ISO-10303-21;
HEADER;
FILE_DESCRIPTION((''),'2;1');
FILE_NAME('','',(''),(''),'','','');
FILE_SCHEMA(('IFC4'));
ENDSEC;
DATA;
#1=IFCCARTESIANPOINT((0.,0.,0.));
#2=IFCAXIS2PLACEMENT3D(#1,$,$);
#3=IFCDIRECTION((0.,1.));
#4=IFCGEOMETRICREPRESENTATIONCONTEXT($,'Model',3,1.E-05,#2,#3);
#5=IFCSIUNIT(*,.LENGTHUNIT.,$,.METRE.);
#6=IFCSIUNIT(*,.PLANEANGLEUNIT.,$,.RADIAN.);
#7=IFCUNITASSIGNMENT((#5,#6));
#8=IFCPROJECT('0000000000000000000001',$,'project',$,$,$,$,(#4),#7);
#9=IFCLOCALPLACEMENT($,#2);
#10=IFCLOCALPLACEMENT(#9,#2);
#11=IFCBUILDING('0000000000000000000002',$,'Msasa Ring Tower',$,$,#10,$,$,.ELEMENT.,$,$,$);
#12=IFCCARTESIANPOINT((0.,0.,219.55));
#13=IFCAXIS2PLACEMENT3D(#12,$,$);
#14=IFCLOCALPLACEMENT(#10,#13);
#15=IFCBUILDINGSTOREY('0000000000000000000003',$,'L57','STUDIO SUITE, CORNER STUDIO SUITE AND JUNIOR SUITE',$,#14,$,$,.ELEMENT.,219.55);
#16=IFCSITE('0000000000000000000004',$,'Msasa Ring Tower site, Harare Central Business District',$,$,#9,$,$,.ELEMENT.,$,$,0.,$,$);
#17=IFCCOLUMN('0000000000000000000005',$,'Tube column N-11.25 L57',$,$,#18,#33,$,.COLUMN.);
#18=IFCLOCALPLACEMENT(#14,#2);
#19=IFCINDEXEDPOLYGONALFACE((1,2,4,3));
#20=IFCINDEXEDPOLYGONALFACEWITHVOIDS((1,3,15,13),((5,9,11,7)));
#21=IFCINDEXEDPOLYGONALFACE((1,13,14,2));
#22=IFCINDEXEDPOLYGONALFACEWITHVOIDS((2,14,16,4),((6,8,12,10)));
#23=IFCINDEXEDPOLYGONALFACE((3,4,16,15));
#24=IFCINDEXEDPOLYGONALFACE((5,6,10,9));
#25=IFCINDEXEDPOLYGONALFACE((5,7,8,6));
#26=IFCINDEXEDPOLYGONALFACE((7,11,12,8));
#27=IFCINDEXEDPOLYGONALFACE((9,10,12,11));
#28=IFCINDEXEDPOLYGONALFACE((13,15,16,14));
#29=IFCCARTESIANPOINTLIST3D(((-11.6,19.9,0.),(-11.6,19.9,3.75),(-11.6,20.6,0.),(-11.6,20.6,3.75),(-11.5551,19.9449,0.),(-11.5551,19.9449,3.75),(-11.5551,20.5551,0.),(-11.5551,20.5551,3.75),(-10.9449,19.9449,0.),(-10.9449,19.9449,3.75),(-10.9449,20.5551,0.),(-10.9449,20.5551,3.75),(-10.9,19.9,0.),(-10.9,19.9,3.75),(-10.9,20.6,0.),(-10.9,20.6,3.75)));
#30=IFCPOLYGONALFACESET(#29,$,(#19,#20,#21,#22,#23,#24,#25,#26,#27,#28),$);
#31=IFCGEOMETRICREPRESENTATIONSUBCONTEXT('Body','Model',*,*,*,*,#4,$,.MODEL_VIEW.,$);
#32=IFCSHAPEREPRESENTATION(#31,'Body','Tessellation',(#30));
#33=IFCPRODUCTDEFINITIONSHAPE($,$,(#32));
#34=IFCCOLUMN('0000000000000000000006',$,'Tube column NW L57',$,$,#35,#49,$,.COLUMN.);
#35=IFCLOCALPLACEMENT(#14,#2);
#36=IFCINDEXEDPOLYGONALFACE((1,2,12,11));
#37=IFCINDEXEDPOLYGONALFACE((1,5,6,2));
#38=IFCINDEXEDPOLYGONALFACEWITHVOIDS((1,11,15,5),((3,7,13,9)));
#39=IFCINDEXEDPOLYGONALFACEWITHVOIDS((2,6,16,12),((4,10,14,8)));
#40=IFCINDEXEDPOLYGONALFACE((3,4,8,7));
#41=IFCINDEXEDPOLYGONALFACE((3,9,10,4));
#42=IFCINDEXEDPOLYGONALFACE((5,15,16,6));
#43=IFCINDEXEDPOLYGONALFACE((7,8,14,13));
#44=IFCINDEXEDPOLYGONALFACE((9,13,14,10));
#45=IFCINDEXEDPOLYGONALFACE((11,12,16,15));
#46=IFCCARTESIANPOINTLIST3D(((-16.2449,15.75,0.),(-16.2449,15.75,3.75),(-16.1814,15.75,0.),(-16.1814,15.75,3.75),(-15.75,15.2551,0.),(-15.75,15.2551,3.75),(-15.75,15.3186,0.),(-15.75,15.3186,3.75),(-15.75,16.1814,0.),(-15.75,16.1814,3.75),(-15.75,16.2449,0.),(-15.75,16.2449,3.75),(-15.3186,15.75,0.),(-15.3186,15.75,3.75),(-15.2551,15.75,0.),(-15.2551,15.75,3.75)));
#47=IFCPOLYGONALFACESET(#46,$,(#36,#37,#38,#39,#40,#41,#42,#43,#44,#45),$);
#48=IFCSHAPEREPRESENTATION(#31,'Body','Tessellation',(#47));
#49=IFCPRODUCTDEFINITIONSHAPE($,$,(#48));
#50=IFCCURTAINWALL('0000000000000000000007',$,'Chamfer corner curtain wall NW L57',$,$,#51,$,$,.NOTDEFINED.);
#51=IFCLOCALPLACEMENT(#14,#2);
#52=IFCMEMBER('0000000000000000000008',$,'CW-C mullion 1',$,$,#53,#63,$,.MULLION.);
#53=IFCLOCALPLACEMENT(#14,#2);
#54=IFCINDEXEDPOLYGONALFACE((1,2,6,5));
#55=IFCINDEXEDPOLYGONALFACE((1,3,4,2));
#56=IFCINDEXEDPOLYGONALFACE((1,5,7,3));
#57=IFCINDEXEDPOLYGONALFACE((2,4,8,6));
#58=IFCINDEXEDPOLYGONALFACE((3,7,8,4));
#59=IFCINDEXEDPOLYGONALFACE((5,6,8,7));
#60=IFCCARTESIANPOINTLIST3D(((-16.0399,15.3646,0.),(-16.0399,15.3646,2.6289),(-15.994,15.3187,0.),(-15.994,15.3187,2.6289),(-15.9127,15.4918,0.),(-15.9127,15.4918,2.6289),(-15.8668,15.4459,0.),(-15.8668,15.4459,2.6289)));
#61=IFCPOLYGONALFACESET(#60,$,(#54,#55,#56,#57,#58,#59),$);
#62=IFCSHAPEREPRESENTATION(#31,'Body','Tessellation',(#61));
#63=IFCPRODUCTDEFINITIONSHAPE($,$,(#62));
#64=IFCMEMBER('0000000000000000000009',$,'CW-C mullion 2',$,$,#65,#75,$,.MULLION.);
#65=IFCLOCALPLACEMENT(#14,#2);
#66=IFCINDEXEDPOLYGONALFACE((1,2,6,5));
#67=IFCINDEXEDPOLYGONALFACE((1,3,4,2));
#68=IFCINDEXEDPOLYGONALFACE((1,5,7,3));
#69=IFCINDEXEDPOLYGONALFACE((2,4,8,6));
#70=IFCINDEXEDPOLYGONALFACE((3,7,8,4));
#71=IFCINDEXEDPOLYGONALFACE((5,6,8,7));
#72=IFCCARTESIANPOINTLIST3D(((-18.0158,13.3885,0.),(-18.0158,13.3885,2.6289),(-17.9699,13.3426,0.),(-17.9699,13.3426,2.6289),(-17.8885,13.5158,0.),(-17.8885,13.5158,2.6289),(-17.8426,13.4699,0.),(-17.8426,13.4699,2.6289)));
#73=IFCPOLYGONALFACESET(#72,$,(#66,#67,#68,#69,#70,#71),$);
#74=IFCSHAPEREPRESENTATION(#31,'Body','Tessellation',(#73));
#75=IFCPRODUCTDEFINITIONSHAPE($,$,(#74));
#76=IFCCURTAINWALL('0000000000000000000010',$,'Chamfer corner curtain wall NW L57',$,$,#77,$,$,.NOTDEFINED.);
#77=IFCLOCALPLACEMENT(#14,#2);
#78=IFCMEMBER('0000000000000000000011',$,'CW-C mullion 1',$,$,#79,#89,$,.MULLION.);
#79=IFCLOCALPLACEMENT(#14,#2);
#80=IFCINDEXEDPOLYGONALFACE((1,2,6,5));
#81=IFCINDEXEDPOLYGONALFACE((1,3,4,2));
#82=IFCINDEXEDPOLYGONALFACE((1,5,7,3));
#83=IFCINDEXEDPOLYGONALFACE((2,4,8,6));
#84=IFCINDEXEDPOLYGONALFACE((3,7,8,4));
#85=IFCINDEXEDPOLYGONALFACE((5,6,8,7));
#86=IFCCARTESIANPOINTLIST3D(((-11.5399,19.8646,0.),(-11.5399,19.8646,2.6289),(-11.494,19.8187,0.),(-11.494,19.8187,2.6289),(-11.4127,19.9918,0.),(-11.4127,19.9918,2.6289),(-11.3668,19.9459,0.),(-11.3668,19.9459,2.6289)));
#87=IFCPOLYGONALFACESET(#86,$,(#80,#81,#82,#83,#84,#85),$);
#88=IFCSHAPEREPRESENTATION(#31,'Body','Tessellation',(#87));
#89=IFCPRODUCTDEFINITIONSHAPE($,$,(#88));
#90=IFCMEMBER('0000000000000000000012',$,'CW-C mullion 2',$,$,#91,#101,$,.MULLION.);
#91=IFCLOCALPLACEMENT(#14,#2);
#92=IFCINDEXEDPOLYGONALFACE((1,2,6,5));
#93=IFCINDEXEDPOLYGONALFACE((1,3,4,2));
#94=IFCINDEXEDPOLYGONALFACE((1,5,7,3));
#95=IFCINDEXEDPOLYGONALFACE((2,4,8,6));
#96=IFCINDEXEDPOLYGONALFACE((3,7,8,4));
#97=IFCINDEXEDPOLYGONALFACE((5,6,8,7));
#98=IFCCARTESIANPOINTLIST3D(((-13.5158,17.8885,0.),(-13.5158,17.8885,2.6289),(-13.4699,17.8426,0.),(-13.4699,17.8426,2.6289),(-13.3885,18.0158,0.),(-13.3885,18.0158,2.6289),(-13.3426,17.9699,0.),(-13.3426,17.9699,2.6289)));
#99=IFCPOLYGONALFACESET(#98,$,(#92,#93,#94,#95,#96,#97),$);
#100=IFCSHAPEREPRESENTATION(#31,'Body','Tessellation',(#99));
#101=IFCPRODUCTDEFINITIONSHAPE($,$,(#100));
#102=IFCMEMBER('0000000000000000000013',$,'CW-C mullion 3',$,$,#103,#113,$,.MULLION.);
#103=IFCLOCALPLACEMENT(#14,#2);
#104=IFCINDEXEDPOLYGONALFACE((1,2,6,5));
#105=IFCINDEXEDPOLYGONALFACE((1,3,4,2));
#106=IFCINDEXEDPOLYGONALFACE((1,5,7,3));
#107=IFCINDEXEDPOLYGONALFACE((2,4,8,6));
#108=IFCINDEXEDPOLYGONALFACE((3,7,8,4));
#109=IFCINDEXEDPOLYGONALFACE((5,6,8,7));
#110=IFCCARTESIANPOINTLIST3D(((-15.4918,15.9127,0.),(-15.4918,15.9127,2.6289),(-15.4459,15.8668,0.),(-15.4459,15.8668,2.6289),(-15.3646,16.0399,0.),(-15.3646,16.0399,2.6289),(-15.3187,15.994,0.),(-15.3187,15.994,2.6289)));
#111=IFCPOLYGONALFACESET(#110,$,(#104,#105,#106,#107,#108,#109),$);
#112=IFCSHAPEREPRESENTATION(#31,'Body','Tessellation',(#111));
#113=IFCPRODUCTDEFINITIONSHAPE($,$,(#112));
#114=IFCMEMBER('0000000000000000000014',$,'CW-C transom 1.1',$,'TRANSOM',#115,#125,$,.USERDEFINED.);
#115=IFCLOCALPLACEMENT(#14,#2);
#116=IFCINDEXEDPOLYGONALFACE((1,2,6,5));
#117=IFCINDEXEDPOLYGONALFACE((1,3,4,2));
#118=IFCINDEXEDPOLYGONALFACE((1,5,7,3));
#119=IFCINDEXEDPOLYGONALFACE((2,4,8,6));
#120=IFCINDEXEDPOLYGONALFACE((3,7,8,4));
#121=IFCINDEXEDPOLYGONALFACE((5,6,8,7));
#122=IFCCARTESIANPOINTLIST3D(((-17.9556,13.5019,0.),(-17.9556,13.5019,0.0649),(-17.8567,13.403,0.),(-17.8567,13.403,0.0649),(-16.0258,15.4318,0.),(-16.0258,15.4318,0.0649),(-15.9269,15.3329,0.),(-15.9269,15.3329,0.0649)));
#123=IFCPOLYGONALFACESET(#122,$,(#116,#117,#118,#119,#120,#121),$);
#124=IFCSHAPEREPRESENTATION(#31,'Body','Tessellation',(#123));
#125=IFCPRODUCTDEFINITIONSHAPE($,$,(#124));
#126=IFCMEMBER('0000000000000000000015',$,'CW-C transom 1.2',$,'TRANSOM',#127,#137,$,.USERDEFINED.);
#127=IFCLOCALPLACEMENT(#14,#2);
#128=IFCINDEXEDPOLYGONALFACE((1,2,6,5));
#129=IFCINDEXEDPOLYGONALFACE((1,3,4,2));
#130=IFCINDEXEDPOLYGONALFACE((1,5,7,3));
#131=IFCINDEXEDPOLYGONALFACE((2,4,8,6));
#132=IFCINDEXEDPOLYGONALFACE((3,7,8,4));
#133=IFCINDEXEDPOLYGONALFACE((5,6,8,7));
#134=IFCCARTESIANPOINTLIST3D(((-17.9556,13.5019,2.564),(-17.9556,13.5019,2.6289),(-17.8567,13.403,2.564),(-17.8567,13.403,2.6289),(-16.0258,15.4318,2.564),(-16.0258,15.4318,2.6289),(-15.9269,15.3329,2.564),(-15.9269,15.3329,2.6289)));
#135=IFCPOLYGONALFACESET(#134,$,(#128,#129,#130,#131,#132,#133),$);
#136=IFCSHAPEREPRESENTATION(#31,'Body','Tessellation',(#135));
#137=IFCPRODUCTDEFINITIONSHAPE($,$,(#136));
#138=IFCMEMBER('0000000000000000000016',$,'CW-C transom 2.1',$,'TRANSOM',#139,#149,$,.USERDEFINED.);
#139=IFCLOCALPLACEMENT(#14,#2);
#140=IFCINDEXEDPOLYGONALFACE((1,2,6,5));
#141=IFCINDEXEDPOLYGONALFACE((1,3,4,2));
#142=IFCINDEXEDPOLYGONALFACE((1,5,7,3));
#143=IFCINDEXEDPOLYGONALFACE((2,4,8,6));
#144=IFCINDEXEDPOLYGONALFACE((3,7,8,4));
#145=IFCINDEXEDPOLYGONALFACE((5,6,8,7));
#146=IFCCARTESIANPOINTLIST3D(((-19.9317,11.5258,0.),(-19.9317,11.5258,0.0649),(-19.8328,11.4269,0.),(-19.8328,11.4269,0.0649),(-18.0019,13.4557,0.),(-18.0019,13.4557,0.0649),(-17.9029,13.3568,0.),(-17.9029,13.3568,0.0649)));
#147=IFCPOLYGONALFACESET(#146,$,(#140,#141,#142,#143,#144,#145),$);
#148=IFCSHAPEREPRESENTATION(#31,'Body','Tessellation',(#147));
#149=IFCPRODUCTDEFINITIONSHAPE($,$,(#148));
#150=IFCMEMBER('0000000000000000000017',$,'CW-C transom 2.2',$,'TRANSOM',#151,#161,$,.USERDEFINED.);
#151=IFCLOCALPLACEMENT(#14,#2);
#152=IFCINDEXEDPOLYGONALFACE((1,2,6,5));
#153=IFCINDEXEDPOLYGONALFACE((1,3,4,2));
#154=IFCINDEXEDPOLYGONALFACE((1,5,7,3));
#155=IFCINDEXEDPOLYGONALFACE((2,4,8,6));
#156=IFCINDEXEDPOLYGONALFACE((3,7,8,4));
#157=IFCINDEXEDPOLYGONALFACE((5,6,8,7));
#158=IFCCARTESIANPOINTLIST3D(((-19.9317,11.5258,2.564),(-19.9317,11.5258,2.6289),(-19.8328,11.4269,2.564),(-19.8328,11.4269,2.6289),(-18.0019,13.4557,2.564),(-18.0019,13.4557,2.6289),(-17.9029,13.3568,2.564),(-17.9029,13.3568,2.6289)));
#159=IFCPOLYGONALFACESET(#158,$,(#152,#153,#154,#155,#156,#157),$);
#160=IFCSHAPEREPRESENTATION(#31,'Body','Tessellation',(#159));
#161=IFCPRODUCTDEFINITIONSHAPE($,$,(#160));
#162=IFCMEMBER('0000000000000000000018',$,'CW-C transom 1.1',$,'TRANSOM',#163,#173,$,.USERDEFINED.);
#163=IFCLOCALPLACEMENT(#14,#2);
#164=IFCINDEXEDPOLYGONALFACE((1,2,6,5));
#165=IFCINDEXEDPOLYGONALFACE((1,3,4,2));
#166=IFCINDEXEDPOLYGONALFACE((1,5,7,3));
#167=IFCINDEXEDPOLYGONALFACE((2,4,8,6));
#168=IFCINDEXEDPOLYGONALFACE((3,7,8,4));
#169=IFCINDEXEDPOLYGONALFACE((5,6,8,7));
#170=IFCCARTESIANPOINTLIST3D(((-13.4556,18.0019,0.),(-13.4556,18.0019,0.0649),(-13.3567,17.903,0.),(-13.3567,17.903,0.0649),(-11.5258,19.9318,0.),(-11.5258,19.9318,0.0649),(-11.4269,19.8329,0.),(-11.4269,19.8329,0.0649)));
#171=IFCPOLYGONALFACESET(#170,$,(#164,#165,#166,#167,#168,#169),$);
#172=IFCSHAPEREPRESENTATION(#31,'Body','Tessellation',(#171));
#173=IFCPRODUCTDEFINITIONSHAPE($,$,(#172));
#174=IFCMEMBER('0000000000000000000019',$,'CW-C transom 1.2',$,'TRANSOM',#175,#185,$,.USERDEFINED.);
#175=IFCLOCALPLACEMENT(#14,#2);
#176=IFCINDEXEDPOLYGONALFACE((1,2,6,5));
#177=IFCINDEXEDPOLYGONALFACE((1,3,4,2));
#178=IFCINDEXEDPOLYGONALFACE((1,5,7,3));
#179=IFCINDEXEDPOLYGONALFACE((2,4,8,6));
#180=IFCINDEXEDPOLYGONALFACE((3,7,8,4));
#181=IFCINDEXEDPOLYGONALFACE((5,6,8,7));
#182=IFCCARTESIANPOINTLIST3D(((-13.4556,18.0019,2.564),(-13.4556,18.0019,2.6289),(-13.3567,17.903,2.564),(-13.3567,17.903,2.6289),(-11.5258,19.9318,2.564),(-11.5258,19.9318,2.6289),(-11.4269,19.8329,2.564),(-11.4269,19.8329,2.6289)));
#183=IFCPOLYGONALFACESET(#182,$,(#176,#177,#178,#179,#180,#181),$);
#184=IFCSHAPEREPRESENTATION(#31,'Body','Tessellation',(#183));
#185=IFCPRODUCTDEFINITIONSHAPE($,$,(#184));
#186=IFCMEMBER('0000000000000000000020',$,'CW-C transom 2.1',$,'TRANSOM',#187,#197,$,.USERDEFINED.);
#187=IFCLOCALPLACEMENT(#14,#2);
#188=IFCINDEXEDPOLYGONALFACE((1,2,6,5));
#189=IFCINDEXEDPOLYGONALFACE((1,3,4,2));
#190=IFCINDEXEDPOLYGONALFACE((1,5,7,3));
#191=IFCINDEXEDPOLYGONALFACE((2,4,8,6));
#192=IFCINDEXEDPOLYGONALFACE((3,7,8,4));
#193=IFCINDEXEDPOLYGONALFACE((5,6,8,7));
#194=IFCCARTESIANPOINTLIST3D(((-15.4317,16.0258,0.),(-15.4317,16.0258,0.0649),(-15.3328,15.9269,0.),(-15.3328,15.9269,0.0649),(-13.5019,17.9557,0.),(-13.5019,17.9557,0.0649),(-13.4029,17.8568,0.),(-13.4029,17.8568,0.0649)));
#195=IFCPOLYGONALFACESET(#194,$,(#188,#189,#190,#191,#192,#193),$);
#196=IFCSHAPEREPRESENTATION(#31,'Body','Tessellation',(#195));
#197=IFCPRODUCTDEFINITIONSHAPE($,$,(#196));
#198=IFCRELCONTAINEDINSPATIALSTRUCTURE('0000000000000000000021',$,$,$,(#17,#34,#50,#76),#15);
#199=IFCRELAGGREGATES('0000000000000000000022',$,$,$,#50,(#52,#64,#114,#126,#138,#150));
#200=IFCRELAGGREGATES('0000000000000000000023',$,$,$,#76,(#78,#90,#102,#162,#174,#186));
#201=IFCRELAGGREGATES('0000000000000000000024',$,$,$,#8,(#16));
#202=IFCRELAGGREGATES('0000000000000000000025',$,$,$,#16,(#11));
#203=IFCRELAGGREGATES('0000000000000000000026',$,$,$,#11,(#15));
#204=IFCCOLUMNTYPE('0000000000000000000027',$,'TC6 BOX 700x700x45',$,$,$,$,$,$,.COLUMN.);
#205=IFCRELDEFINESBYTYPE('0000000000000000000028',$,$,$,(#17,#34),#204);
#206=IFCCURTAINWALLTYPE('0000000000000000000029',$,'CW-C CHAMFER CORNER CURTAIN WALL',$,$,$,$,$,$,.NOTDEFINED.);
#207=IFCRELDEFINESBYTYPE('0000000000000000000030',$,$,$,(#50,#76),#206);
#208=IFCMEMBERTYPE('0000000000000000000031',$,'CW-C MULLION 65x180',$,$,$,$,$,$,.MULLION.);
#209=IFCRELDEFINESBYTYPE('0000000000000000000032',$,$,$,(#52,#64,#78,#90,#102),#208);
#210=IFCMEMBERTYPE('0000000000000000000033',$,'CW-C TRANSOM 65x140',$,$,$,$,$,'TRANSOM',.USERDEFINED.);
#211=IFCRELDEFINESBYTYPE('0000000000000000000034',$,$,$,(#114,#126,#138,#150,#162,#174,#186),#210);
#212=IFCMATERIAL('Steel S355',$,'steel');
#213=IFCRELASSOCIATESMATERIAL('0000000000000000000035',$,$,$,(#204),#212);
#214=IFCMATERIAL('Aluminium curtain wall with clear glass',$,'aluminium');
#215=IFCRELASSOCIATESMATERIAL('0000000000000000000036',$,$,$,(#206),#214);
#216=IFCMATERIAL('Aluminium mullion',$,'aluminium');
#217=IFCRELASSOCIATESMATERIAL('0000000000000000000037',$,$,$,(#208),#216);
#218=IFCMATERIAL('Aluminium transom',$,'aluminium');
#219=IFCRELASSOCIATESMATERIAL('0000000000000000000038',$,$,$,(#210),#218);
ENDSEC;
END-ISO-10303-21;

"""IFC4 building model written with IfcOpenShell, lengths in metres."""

from ifc_helpers import new_model, si_unit, direction, frame, origin, origin_2d, place, context, subcontext, project, spatial, rectangle, hollow_rectangle, extrude, material, material_profile, profile_set, type_object, element, aggregate, save


model = new_model("IFC4")

# Units and contexts
model_context = context("Model", 3, precision=1e-05, world=origin(), true_north=direction((0.0, 1.0)))
body_context = subcontext(model_context, "Body", "Model", "MODEL_VIEW")
ifc_project = project(units=[si_unit("LENGTHUNIT", "METRE"), si_unit("PLANEANGLEUNIT", "RADIAN")], contexts=[model_context])

# Site, building, storey
site_placement = place(None, origin())
site = spatial("IfcSite", under=ifc_project, at=site_placement, Name="Msasa Ring Tower site, Harare Central Business District", CompositionType="ELEMENT", RefElevation=0.0)
building_placement = place(site_placement, origin())
building = spatial("IfcBuilding", under=site, at=building_placement, Name="Msasa Ring Tower", CompositionType="ELEMENT")
storey_placement = place(building_placement, frame((0.0, 0.0, 219.55)))
storey = spatial("IfcBuildingStorey", under=building, at=storey_placement, Name="L57", Description="STUDIO SUITE, CORNER STUDIO SUITE AND JUNIOR SUITE", CompositionType="ELEMENT", Elevation=219.55)

# Columns
ifc_material_1 = material(Name="Steel S355", Category="steel")
ifc_material_profile_1 = material_profile(ifc_material_1, hollow_rectangle(XDim=0.7, YDim=0.7, WallThickness=0.0449, at=origin_2d()), Name="BOX 700x700x45")
ifc_profile_set_1 = profile_set([ifc_material_profile_1], Name="Steel S355")
column_type = type_object("IfcColumnType", Name="TC6 BOX 700x700x45", PredefinedType="COLUMN", material=ifc_profile_set_1)
for number, where, z_axis, x_axis, name in (
    (1, (-11.25, 20.25, 0.0), (0.0, 0.0, 1.0), (0.0, 1.0, 0.0), "Tube column N-11.25 L57"),
    (2, (-15.75, 15.75, 0.0), (0.0, 0.0, 1.0), (0.707107, -0.707107, 0.0), "Tube column NW L57"),
):
    element("IfcColumn", number, at=place(storey_placement, frame(where, z_axis=z_axis, x_axis=x_axis)), inside=storey, type_object=column_type, Name=name, PredefinedType="COLUMN", context=body_context, shape_type="SweptSolid", body=[
        extrude(hollow_rectangle(XDim=0.7, YDim=0.7, WallThickness=0.0449, at=origin_2d()), origin(), (0.0, 0.0, 1.0), 3.75),
    ])

# Curtain walls, members
ifc_material_2 = material(Name="Aluminium curtain wall with clear glass", Category="aluminium")
curtain_wall_type = type_object("IfcCurtainWallType", Name="CW-C CHAMFER CORNER CURTAIN WALL", PredefinedType="NOTDEFINED", material=ifc_material_2)
curtain_wall_1_placement = place(storey_placement, origin())
curtain_wall_1 = element("IfcCurtainWall", 3, at=curtain_wall_1_placement, inside=storey, type_object=curtain_wall_type, Name="Chamfer corner curtain wall NW L57", PredefinedType="NOTDEFINED")
ifc_material_3 = material(Name="Aluminium mullion", Category="aluminium")
ifc_material_profile_2 = material_profile(ifc_material_3, rectangle(XDim=0.0649, YDim=0.1799, at=origin_2d()), Name="AL 65x180")
ifc_profile_set_2 = profile_set([ifc_material_profile_2], Name="Aluminium mullion")
member_type_1 = type_object("IfcMemberType", Name="CW-C MULLION 65x180", PredefinedType="MULLION", material=ifc_profile_set_2)
member_1_placement = place(storey_placement, frame((-15.9534, 15.4053, 0.0), z_axis=(0.0, 0.0, 1.0), x_axis=(0.707107, -0.707107, 0.0)))
member_1 = element("IfcMember", 4, at=member_1_placement, type_object=member_type_1, Name="CW-C mullion 1", PredefinedType="MULLION", context=body_context, shape_type="SweptSolid", body=[
    extrude(rectangle(XDim=0.0649, YDim=0.1799, at=origin_2d()), origin(), (0.0, 0.0, 1.0), 2.6289),
])
member_2_placement = place(storey_placement, frame((-17.9292, 13.4292, 0.0), z_axis=(0.0, 0.0, 1.0), x_axis=(0.707107, -0.707107, 0.0)))
member_2 = element("IfcMember", 5, at=member_2_placement, type_object=member_type_1, Name="CW-C mullion 2", PredefinedType="MULLION", context=body_context, shape_type="SweptSolid", body=[
    extrude(rectangle(XDim=0.0649, YDim=0.1799, at=origin_2d()), origin(), (0.0, 0.0, 1.0), 2.6289),
])
curtain_wall_2_placement = place(storey_placement, origin())
curtain_wall_2 = element("IfcCurtainWall", 6, at=curtain_wall_2_placement, inside=storey, type_object=curtain_wall_type, Name="Chamfer corner curtain wall NW L57", PredefinedType="NOTDEFINED")
member_3_placement = place(storey_placement, frame((-11.4534, 19.9053, 0.0), z_axis=(0.0, 0.0, 1.0), x_axis=(0.707107, -0.707107, 0.0)))
member_3 = element("IfcMember", 7, at=member_3_placement, type_object=member_type_1, Name="CW-C mullion 1", PredefinedType="MULLION", context=body_context, shape_type="SweptSolid", body=[
    extrude(rectangle(XDim=0.0649, YDim=0.1799, at=origin_2d()), origin(), (0.0, 0.0, 1.0), 2.6289),
])
member_4_placement = place(storey_placement, frame((-13.4292, 17.9292, 0.0), z_axis=(0.0, 0.0, 1.0), x_axis=(0.707107, -0.707107, 0.0)))
member_4 = element("IfcMember", 8, at=member_4_placement, type_object=member_type_1, Name="CW-C mullion 2", PredefinedType="MULLION", context=body_context, shape_type="SweptSolid", body=[
    extrude(rectangle(XDim=0.0649, YDim=0.1799, at=origin_2d()), origin(), (0.0, 0.0, 1.0), 2.6289),
])
member_5_placement = place(storey_placement, frame((-15.4053, 15.9534, 0.0), z_axis=(0.0, 0.0, 1.0), x_axis=(0.707107, -0.707107, 0.0)))
member_5 = element("IfcMember", 9, at=member_5_placement, type_object=member_type_1, Name="CW-C mullion 3", PredefinedType="MULLION", context=body_context, shape_type="SweptSolid", body=[
    extrude(rectangle(XDim=0.0649, YDim=0.1799, at=origin_2d()), origin(), (0.0, 0.0, 1.0), 2.6289),
])

# Members
ifc_material_4 = material(Name="Aluminium transom", Category="aluminium")
ifc_material_profile_3 = material_profile(ifc_material_4, rectangle(XDim=0.1399, YDim=0.0649, at=origin_2d()), Name="AL 65x140")
ifc_profile_set_3 = profile_set([ifc_material_profile_3], Name="Aluminium transom")
member_type_2 = type_object("IfcMemberType", Name="CW-C TRANSOM 65x140", ElementType="TRANSOM", PredefinedType="USERDEFINED", material=ifc_profile_set_3)
member_6_placement = place(storey_placement, frame((-15.9763, 15.3823, 0.0325), z_axis=(-0.707107, -0.707107, 0.0), x_axis=(0.707107, -0.707107, 0.0)))
member_6 = element("IfcMember", 10, at=member_6_placement, type_object=member_type_2, Name="CW-C transom 1.1", ObjectType="TRANSOM", PredefinedType="USERDEFINED", context=body_context, shape_type="SweptSolid", body=[
    extrude(rectangle(XDim=0.1399, YDim=0.0649, at=origin_2d()), origin(), (0.0, 0.0, 1.0), 2.7292),
])
member_7_placement = place(storey_placement, frame((-15.9763, 15.3823, 2.5964), z_axis=(-0.707107, -0.707107, 0.0), x_axis=(0.707107, -0.707107, 0.0)))
member_7 = element("IfcMember", 11, at=member_7_placement, type_object=member_type_2, Name="CW-C transom 1.2", ObjectType="TRANSOM", PredefinedType="USERDEFINED", context=body_context, shape_type="SweptSolid", body=[
    extrude(rectangle(XDim=0.1399, YDim=0.0649, at=origin_2d()), origin(), (0.0, 0.0, 1.0), 2.7292),
])
member_8_placement = place(storey_placement, frame((-17.9524, 13.4062, 0.0325), z_axis=(-0.707107, -0.707107, 0.0), x_axis=(0.707107, -0.707107, 0.0)))
member_8 = element("IfcMember", 12, at=member_8_placement, type_object=member_type_2, Name="CW-C transom 2.1", ObjectType="TRANSOM", PredefinedType="USERDEFINED", context=body_context, shape_type="SweptSolid", body=[
    extrude(rectangle(XDim=0.1399, YDim=0.0649, at=origin_2d()), origin(), (0.0, 0.0, 1.0), 2.7292),
])
member_9_placement = place(storey_placement, frame((-17.9524, 13.4062, 2.5964), z_axis=(-0.707107, -0.707107, 0.0), x_axis=(0.707107, -0.707107, 0.0)))
member_9 = element("IfcMember", 13, at=member_9_placement, type_object=member_type_2, Name="CW-C transom 2.2", ObjectType="TRANSOM", PredefinedType="USERDEFINED", context=body_context, shape_type="SweptSolid", body=[
    extrude(rectangle(XDim=0.1399, YDim=0.0649, at=origin_2d()), origin(), (0.0, 0.0, 1.0), 2.7292),
])
member_10_placement = place(storey_placement, frame((-11.4763, 19.8823, 0.0325), z_axis=(-0.707107, -0.707107, 0.0), x_axis=(0.707107, -0.707107, 0.0)))
member_10 = element("IfcMember", 14, at=member_10_placement, type_object=member_type_2, Name="CW-C transom 1.1", ObjectType="TRANSOM", PredefinedType="USERDEFINED", context=body_context, shape_type="SweptSolid", body=[
    extrude(rectangle(XDim=0.1399, YDim=0.0649, at=origin_2d()), origin(), (0.0, 0.0, 1.0), 2.7292),
])
member_11_placement = place(storey_placement, frame((-11.4763, 19.8823, 2.5964), z_axis=(-0.707107, -0.707107, 0.0), x_axis=(0.707107, -0.707107, 0.0)))
member_11 = element("IfcMember", 15, at=member_11_placement, type_object=member_type_2, Name="CW-C transom 1.2", ObjectType="TRANSOM", PredefinedType="USERDEFINED", context=body_context, shape_type="SweptSolid", body=[
    extrude(rectangle(XDim=0.1399, YDim=0.0649, at=origin_2d()), origin(), (0.0, 0.0, 1.0), 2.7292),
])
member_12_placement = place(storey_placement, frame((-13.4524, 17.9062, 0.0325), z_axis=(-0.707107, -0.707107, 0.0), x_axis=(0.707107, -0.707107, 0.0)))
member_12 = element("IfcMember", 16, at=member_12_placement, type_object=member_type_2, Name="CW-C transom 2.1", ObjectType="TRANSOM", PredefinedType="USERDEFINED", context=body_context, shape_type="SweptSolid", body=[
    extrude(rectangle(XDim=0.1399, YDim=0.0649, at=origin_2d()), origin(), (0.0, 0.0, 1.0), 2.7292),
])

aggregate(curtain_wall_1, [member_1, member_2, member_6, member_7, member_8, member_9])
aggregate(curtain_wall_2, [member_3, member_4, member_5, member_10, member_11, member_12])

save(model, "model.ifc")
